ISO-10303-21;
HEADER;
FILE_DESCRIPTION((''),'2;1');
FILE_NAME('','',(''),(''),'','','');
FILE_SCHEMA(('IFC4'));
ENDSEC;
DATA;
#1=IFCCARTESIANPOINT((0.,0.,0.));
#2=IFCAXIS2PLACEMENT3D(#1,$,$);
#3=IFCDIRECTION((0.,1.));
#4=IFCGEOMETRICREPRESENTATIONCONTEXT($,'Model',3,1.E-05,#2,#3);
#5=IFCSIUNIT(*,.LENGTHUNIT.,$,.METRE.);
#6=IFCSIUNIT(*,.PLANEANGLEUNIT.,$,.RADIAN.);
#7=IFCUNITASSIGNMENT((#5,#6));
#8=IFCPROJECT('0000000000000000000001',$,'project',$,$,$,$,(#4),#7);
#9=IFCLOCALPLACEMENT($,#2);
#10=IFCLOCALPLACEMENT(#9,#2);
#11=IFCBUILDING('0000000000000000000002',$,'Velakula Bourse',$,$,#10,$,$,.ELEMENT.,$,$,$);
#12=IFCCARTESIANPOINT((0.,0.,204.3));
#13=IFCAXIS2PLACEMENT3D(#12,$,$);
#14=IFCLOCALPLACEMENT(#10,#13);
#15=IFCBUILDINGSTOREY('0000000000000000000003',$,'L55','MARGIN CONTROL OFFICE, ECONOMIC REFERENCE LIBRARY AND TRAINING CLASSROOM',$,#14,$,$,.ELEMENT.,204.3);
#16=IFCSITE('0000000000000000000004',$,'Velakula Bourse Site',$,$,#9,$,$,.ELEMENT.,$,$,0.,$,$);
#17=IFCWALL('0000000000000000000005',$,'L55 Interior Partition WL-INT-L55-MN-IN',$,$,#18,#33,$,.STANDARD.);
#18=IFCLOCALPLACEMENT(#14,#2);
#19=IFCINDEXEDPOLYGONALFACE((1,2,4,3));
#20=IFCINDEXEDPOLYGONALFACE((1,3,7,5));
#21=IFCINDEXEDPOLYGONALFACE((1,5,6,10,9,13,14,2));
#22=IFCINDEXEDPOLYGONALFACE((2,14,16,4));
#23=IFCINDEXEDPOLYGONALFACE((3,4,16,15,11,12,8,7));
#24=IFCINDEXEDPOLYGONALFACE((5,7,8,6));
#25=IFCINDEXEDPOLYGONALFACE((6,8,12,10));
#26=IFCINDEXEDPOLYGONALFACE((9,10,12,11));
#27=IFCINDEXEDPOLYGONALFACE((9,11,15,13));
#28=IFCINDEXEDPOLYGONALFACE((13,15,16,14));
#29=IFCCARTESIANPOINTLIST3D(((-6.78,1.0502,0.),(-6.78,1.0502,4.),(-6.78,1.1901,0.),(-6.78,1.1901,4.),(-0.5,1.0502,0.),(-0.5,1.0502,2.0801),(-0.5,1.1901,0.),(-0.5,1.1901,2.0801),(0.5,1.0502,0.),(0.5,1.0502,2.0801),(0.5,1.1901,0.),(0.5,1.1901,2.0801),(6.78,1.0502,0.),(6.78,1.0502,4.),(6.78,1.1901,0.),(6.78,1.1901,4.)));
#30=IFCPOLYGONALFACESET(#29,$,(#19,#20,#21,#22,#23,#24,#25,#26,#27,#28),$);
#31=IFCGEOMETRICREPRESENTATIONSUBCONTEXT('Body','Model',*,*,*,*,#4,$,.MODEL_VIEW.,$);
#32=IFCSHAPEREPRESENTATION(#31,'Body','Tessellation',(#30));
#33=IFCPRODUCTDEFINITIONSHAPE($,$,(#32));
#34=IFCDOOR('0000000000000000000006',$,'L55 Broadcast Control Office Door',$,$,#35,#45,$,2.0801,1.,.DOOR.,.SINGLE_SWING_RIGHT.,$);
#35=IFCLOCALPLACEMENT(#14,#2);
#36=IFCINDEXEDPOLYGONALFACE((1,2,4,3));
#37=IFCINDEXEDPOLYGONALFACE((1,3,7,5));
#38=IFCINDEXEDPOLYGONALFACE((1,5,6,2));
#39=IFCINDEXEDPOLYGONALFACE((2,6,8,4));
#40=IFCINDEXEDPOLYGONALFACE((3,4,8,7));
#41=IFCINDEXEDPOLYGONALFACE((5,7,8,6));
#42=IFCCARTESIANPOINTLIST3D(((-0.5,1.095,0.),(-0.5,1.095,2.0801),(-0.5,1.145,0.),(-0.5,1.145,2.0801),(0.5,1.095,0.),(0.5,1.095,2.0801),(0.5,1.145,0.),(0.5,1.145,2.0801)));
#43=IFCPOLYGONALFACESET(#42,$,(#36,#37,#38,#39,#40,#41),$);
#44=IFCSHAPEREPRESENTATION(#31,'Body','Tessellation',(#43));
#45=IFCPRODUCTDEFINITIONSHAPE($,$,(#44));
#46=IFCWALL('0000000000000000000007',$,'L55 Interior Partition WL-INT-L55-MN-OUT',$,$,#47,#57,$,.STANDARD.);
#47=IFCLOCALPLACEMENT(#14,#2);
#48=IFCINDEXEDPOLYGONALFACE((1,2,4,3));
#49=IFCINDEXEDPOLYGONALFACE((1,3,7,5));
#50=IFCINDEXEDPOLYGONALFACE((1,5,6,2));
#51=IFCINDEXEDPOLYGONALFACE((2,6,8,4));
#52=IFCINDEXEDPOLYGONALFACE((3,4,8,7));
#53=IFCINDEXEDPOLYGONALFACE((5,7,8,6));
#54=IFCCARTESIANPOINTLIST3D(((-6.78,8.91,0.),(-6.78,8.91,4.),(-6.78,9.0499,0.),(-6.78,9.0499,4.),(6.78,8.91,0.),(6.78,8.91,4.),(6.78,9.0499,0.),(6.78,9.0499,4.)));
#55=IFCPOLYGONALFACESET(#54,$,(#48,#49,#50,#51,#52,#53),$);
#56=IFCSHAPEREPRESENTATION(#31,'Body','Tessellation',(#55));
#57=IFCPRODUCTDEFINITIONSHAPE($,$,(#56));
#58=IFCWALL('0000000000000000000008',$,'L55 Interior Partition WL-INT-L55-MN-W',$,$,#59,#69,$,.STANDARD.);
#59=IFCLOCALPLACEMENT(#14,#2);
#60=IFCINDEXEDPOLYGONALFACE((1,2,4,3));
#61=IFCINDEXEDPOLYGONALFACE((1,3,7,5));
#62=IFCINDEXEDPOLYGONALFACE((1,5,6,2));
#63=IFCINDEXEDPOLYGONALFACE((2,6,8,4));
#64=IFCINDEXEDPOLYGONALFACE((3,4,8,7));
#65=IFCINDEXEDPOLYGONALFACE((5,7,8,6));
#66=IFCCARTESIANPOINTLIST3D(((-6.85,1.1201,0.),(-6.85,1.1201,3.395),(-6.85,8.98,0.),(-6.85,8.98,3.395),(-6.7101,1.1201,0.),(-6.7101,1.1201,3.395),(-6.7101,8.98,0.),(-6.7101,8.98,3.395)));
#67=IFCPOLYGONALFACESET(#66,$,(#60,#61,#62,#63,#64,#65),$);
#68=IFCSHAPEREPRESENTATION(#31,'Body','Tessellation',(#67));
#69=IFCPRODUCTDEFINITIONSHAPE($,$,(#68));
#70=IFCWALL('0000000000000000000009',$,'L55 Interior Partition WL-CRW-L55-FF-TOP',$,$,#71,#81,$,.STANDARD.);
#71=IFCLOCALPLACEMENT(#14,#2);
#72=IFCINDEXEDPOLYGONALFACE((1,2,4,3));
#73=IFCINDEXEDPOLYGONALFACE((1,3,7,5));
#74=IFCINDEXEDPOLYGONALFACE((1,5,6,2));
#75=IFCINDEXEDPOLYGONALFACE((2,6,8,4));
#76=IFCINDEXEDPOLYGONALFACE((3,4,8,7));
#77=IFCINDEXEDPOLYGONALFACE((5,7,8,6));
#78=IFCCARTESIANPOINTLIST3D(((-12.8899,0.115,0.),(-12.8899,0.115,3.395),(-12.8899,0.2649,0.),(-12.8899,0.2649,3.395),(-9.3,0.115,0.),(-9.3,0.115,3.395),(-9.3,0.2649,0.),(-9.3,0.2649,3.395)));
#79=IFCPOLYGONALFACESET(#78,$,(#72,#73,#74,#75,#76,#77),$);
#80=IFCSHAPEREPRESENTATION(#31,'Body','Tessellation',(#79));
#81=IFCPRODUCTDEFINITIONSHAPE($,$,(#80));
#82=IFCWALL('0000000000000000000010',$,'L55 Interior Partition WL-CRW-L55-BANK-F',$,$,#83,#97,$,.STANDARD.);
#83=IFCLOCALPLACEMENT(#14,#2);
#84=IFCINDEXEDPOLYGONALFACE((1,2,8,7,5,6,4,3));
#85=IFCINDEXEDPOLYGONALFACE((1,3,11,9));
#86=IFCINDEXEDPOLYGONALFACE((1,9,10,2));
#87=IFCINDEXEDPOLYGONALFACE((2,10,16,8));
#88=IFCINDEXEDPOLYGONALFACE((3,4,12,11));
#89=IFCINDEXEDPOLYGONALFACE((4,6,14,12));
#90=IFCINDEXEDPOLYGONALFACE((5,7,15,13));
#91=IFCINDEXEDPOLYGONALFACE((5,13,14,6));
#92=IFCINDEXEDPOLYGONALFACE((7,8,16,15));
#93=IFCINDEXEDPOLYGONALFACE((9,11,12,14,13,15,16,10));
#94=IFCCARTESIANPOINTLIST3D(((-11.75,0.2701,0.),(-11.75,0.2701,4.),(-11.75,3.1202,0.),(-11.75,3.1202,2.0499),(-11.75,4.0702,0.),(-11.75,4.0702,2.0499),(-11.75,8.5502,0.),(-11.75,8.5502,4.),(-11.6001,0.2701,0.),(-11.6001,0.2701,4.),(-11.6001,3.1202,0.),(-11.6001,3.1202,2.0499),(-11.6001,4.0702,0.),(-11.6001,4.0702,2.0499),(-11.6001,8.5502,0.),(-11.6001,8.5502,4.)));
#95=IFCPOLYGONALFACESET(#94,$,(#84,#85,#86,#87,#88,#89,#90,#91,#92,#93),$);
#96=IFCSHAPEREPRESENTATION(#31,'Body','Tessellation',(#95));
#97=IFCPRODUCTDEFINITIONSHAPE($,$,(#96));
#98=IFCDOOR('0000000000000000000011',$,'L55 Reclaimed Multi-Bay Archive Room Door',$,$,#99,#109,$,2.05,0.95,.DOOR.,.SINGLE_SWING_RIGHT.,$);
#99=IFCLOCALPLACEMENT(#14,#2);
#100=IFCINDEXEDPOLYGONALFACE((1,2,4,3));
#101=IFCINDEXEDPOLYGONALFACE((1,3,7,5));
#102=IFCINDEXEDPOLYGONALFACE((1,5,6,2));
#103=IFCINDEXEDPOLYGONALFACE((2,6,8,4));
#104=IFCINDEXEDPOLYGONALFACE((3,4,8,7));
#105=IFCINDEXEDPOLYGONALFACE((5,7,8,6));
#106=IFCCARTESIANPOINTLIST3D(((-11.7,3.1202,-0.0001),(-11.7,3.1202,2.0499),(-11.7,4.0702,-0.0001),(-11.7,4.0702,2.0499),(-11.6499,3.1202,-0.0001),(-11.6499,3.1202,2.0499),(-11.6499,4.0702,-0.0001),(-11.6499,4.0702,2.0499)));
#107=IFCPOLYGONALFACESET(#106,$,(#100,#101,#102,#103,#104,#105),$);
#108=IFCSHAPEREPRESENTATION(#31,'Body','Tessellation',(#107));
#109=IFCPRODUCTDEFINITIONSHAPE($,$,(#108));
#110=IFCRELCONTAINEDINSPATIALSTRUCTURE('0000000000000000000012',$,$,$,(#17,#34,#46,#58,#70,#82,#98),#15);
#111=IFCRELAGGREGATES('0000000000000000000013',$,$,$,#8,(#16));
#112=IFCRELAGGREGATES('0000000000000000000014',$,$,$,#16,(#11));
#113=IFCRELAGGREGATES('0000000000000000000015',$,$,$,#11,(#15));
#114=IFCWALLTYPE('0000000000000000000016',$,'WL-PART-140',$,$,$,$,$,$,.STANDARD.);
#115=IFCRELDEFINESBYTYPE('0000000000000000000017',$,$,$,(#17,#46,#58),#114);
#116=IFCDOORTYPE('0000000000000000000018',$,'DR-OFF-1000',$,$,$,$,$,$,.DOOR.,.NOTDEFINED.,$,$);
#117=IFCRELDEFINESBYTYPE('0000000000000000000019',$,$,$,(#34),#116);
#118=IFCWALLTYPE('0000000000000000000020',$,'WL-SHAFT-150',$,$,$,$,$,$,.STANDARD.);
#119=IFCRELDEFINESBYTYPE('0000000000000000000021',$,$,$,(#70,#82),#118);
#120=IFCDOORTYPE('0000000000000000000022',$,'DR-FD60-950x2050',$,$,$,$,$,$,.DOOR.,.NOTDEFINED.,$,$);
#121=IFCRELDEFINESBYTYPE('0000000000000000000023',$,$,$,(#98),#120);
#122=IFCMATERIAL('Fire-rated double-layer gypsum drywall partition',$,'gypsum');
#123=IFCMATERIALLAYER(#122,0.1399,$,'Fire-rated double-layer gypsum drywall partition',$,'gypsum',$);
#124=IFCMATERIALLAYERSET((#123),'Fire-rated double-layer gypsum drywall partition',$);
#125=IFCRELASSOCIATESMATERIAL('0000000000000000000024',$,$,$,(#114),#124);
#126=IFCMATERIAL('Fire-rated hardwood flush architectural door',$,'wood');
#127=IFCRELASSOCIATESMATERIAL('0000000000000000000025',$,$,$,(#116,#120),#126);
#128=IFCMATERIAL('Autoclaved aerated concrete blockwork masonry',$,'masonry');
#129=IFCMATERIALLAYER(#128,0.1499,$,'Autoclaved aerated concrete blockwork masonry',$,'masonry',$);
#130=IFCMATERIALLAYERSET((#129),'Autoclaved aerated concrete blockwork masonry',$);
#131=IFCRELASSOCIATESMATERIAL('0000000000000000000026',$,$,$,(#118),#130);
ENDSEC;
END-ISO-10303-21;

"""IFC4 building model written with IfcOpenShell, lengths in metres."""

from ifc_helpers import new_model, si_unit, direction, frame, frame_2d, origin, place, context, subcontext, project, spatial, rectangle, extrude, material, layer, layer_set, type_object, element, fill, save


model = new_model("IFC4")

# Units and contexts
model_context = context("Model", 3, precision=1e-05, world=origin(), true_north=direction((0.0, 1.0)))
body_context = subcontext(model_context, "Body", "Model", "MODEL_VIEW")
ifc_project = project(units=[si_unit("LENGTHUNIT", "METRE"), si_unit("PLANEANGLEUNIT", "RADIAN")], contexts=[model_context])

# Site, building, storey
site_placement = place(None, origin())
site = spatial("IfcSite", under=ifc_project, at=site_placement, Name="Velakula Bourse Site", CompositionType="ELEMENT", RefElevation=0.0)
building_placement = place(site_placement, origin())
building = spatial("IfcBuilding", under=site, at=building_placement, Name="Velakula Bourse", CompositionType="ELEMENT")
storey_placement = place(building_placement, frame((0.0, 0.0, 204.3)))
storey = spatial("IfcBuildingStorey", under=building, at=storey_placement, Name="L55", Description="MARGIN CONTROL OFFICE, ECONOMIC REFERENCE LIBRARY AND TRAINING CLASSROOM", CompositionType="ELEMENT", Elevation=204.3)

# Shared definitions
ifc_material_1 = material(Name="Fire-rated double-layer gypsum drywall partition", Category="gypsum")

# Wall, opening, door
ifc_layer_1 = layer(ifc_material_1, 0.1399, Name="Fire-rated double-layer gypsum drywall partition", Category="gypsum")
ifc_layer_set_1 = layer_set([ifc_layer_1], Name="Fire-rated double-layer gypsum drywall partition")
wall_type_1 = type_object("IfcWallType", Name="WL-PART-140", PredefinedType="STANDARD", material=ifc_layer_set_1)
wall_1_placement = place(storey_placement, frame((-6.78, 1.1201, 0.0), z_axis=(0.0, 0.0, 1.0), x_axis=(1.0, 0.0, 0.0)))
wall_1 = element("IfcWall", 1, at=wall_1_placement, inside=storey, type_object=wall_type_1, Name="L55 Interior Partition WL-INT-L55-MN-IN", PredefinedType="STANDARD", context=body_context, shape_type="SweptSolid", body=[
    extrude(rectangle(XDim=13.5601, YDim=0.1399, at=frame_2d((6.78, 0.0))), origin(), (0.0, 0.0, 1.0), 4.0),
])
opening_1_placement = place(wall_1_placement, frame((6.28, 0.0, 0.0)))
opening_1 = element("IfcOpeningElement", 2, at=opening_1_placement, cuts=wall_1, PredefinedType="OPENING", context=body_context, shape_type="SweptSolid", body=[
    extrude(rectangle(XDim=1.0, YDim=2.0801, at=frame_2d((0.5, 1.04))), frame((0.0, 0.0798, 0.0), z_axis=(0.0, -1.0, 0.0), x_axis=(1.0, 0.0, 0.0)), (0.0, 0.0, 1.0), 0.1599),
])
ifc_material_2 = material(Name="Fire-rated hardwood flush architectural door", Category="wood")
door_type_1 = type_object("IfcDoorType", Name="DR-OFF-1000", OperationType="NOTDEFINED", PredefinedType="DOOR", material=ifc_material_2)
door_1_placement = place(opening_1_placement, origin())
door_1 = element("IfcDoor", 3, at=door_1_placement, inside=storey, type_object=door_type_1, Name="L55 Broadcast Control Office Door", OperationType="SINGLE_SWING_RIGHT", OverallHeight=2.0801, OverallWidth=1.0, PredefinedType="DOOR", context=body_context, shape_type="SweptSolid", body=[
    extrude(rectangle(XDim=1.0, YDim=2.0801, at=frame_2d((0.5, 1.04))), frame((0.0, 0.0249, 0.0), z_axis=(0.0, -1.0, 0.0), x_axis=(1.0, 0.0, 0.0)), (0.0, 0.0, 1.0), 0.05),
])
fill(opening_1, door_1)

# Walls
wall_2_placement = place(storey_placement, frame((-6.78, 8.98, 0.0), z_axis=(0.0, 0.0, 1.0), x_axis=(1.0, 0.0, 0.0)))
element("IfcWall", 4, at=wall_2_placement, inside=storey, type_object=wall_type_1, Name="L55 Interior Partition WL-INT-L55-MN-OUT", PredefinedType="STANDARD", context=body_context, shape_type="SweptSolid", body=[
    extrude(rectangle(XDim=13.5601, YDim=0.1399, at=frame_2d((6.78, 0.0))), origin(), (0.0, 0.0, 1.0), 4.0),
])
wall_3_placement = place(storey_placement, frame((-6.78, 1.1201, 0.0), z_axis=(0.0, 0.0, 1.0), x_axis=(0.0, 1.0, 0.0)))
element("IfcWall", 5, at=wall_3_placement, inside=storey, type_object=wall_type_1, Name="L55 Interior Partition WL-INT-L55-MN-W", PredefinedType="STANDARD", context=body_context, shape_type="SweptSolid", body=[
    extrude(rectangle(XDim=7.8599, YDim=0.1399, at=frame_2d((3.9299, 0.0))), origin(), (0.0, 0.0, 1.0), 3.395),
])
ifc_material_3 = material(Name="Autoclaved aerated concrete blockwork masonry", Category="masonry")
ifc_layer_2 = layer(ifc_material_3, 0.1499, Name="Autoclaved aerated concrete blockwork masonry", Category="masonry")
ifc_layer_set_2 = layer_set([ifc_layer_2], Name="Autoclaved aerated concrete blockwork masonry")
wall_type_2 = type_object("IfcWallType", Name="WL-SHAFT-150", PredefinedType="STANDARD", material=ifc_layer_set_2)
wall_4_placement = place(storey_placement, frame((-12.8899, 0.1899, 0.0), z_axis=(0.0, 0.0, 1.0), x_axis=(1.0, 0.0, 0.0)))
element("IfcWall", 6, at=wall_4_placement, inside=storey, type_object=wall_type_2, Name="L55 Interior Partition WL-CRW-L55-FF-TOP", PredefinedType="STANDARD", context=body_context, shape_type="SweptSolid", body=[
    extrude(rectangle(XDim=3.5898, YDim=0.1499, at=frame_2d((1.7949, 0.0))), origin(), (0.0, 0.0, 1.0), 3.395),
])

# Wall, opening, door
wall_5_placement = place(storey_placement, frame((-11.675, 0.27, 0.0), z_axis=(0.0, 0.0, 1.0), x_axis=(0.0, 1.0, 0.0)))
wall_5 = element("IfcWall", 7, at=wall_5_placement, inside=storey, type_object=wall_type_2, Name="L55 Interior Partition WL-CRW-L55-BANK-F", PredefinedType="STANDARD", context=body_context, shape_type="SweptSolid", body=[
    extrude(rectangle(XDim=8.28, YDim=0.1499, at=frame_2d((4.1401, 0.0))), origin(), (0.0, 0.0, 1.0), 4.0),
])
opening_2_placement = place(wall_5_placement, frame((2.8501, 0.0, 0.0)))
opening_2 = element("IfcOpeningElement", 8, at=opening_2_placement, cuts=wall_5, PredefinedType="OPENING", context=body_context, shape_type="SweptSolid", body=[
    extrude(rectangle(XDim=0.95, YDim=2.05, at=frame_2d((0.4751, 1.0249))), frame((0.0, 0.085, 0.0), z_axis=(0.0, -1.0, 0.0), x_axis=(1.0, 0.0, 0.0)), (0.0, 0.0, 1.0), 0.1699),
])
door_type_2 = type_object("IfcDoorType", Name="DR-FD60-950x2050", OperationType="NOTDEFINED", PredefinedType="DOOR", material=ifc_material_2)
door_2_placement = place(opening_2_placement, origin())
door_2 = element("IfcDoor", 9, at=door_2_placement, inside=storey, type_object=door_type_2, Name="L55 Reclaimed Multi-Bay Archive Room Door", OperationType="SINGLE_SWING_RIGHT", OverallHeight=2.05, OverallWidth=0.95, PredefinedType="DOOR", context=body_context, shape_type="SweptSolid", body=[
    extrude(rectangle(XDim=0.95, YDim=2.05, at=frame_2d((0.4751, 1.0249))), frame((0.0, 0.0249, 0.0), z_axis=(0.0, -1.0, 0.0), x_axis=(1.0, 0.0, 0.0)), (0.0, 0.0, 1.0), 0.05),
])
fill(opening_2, door_2)

save(model, "model.ifc")
